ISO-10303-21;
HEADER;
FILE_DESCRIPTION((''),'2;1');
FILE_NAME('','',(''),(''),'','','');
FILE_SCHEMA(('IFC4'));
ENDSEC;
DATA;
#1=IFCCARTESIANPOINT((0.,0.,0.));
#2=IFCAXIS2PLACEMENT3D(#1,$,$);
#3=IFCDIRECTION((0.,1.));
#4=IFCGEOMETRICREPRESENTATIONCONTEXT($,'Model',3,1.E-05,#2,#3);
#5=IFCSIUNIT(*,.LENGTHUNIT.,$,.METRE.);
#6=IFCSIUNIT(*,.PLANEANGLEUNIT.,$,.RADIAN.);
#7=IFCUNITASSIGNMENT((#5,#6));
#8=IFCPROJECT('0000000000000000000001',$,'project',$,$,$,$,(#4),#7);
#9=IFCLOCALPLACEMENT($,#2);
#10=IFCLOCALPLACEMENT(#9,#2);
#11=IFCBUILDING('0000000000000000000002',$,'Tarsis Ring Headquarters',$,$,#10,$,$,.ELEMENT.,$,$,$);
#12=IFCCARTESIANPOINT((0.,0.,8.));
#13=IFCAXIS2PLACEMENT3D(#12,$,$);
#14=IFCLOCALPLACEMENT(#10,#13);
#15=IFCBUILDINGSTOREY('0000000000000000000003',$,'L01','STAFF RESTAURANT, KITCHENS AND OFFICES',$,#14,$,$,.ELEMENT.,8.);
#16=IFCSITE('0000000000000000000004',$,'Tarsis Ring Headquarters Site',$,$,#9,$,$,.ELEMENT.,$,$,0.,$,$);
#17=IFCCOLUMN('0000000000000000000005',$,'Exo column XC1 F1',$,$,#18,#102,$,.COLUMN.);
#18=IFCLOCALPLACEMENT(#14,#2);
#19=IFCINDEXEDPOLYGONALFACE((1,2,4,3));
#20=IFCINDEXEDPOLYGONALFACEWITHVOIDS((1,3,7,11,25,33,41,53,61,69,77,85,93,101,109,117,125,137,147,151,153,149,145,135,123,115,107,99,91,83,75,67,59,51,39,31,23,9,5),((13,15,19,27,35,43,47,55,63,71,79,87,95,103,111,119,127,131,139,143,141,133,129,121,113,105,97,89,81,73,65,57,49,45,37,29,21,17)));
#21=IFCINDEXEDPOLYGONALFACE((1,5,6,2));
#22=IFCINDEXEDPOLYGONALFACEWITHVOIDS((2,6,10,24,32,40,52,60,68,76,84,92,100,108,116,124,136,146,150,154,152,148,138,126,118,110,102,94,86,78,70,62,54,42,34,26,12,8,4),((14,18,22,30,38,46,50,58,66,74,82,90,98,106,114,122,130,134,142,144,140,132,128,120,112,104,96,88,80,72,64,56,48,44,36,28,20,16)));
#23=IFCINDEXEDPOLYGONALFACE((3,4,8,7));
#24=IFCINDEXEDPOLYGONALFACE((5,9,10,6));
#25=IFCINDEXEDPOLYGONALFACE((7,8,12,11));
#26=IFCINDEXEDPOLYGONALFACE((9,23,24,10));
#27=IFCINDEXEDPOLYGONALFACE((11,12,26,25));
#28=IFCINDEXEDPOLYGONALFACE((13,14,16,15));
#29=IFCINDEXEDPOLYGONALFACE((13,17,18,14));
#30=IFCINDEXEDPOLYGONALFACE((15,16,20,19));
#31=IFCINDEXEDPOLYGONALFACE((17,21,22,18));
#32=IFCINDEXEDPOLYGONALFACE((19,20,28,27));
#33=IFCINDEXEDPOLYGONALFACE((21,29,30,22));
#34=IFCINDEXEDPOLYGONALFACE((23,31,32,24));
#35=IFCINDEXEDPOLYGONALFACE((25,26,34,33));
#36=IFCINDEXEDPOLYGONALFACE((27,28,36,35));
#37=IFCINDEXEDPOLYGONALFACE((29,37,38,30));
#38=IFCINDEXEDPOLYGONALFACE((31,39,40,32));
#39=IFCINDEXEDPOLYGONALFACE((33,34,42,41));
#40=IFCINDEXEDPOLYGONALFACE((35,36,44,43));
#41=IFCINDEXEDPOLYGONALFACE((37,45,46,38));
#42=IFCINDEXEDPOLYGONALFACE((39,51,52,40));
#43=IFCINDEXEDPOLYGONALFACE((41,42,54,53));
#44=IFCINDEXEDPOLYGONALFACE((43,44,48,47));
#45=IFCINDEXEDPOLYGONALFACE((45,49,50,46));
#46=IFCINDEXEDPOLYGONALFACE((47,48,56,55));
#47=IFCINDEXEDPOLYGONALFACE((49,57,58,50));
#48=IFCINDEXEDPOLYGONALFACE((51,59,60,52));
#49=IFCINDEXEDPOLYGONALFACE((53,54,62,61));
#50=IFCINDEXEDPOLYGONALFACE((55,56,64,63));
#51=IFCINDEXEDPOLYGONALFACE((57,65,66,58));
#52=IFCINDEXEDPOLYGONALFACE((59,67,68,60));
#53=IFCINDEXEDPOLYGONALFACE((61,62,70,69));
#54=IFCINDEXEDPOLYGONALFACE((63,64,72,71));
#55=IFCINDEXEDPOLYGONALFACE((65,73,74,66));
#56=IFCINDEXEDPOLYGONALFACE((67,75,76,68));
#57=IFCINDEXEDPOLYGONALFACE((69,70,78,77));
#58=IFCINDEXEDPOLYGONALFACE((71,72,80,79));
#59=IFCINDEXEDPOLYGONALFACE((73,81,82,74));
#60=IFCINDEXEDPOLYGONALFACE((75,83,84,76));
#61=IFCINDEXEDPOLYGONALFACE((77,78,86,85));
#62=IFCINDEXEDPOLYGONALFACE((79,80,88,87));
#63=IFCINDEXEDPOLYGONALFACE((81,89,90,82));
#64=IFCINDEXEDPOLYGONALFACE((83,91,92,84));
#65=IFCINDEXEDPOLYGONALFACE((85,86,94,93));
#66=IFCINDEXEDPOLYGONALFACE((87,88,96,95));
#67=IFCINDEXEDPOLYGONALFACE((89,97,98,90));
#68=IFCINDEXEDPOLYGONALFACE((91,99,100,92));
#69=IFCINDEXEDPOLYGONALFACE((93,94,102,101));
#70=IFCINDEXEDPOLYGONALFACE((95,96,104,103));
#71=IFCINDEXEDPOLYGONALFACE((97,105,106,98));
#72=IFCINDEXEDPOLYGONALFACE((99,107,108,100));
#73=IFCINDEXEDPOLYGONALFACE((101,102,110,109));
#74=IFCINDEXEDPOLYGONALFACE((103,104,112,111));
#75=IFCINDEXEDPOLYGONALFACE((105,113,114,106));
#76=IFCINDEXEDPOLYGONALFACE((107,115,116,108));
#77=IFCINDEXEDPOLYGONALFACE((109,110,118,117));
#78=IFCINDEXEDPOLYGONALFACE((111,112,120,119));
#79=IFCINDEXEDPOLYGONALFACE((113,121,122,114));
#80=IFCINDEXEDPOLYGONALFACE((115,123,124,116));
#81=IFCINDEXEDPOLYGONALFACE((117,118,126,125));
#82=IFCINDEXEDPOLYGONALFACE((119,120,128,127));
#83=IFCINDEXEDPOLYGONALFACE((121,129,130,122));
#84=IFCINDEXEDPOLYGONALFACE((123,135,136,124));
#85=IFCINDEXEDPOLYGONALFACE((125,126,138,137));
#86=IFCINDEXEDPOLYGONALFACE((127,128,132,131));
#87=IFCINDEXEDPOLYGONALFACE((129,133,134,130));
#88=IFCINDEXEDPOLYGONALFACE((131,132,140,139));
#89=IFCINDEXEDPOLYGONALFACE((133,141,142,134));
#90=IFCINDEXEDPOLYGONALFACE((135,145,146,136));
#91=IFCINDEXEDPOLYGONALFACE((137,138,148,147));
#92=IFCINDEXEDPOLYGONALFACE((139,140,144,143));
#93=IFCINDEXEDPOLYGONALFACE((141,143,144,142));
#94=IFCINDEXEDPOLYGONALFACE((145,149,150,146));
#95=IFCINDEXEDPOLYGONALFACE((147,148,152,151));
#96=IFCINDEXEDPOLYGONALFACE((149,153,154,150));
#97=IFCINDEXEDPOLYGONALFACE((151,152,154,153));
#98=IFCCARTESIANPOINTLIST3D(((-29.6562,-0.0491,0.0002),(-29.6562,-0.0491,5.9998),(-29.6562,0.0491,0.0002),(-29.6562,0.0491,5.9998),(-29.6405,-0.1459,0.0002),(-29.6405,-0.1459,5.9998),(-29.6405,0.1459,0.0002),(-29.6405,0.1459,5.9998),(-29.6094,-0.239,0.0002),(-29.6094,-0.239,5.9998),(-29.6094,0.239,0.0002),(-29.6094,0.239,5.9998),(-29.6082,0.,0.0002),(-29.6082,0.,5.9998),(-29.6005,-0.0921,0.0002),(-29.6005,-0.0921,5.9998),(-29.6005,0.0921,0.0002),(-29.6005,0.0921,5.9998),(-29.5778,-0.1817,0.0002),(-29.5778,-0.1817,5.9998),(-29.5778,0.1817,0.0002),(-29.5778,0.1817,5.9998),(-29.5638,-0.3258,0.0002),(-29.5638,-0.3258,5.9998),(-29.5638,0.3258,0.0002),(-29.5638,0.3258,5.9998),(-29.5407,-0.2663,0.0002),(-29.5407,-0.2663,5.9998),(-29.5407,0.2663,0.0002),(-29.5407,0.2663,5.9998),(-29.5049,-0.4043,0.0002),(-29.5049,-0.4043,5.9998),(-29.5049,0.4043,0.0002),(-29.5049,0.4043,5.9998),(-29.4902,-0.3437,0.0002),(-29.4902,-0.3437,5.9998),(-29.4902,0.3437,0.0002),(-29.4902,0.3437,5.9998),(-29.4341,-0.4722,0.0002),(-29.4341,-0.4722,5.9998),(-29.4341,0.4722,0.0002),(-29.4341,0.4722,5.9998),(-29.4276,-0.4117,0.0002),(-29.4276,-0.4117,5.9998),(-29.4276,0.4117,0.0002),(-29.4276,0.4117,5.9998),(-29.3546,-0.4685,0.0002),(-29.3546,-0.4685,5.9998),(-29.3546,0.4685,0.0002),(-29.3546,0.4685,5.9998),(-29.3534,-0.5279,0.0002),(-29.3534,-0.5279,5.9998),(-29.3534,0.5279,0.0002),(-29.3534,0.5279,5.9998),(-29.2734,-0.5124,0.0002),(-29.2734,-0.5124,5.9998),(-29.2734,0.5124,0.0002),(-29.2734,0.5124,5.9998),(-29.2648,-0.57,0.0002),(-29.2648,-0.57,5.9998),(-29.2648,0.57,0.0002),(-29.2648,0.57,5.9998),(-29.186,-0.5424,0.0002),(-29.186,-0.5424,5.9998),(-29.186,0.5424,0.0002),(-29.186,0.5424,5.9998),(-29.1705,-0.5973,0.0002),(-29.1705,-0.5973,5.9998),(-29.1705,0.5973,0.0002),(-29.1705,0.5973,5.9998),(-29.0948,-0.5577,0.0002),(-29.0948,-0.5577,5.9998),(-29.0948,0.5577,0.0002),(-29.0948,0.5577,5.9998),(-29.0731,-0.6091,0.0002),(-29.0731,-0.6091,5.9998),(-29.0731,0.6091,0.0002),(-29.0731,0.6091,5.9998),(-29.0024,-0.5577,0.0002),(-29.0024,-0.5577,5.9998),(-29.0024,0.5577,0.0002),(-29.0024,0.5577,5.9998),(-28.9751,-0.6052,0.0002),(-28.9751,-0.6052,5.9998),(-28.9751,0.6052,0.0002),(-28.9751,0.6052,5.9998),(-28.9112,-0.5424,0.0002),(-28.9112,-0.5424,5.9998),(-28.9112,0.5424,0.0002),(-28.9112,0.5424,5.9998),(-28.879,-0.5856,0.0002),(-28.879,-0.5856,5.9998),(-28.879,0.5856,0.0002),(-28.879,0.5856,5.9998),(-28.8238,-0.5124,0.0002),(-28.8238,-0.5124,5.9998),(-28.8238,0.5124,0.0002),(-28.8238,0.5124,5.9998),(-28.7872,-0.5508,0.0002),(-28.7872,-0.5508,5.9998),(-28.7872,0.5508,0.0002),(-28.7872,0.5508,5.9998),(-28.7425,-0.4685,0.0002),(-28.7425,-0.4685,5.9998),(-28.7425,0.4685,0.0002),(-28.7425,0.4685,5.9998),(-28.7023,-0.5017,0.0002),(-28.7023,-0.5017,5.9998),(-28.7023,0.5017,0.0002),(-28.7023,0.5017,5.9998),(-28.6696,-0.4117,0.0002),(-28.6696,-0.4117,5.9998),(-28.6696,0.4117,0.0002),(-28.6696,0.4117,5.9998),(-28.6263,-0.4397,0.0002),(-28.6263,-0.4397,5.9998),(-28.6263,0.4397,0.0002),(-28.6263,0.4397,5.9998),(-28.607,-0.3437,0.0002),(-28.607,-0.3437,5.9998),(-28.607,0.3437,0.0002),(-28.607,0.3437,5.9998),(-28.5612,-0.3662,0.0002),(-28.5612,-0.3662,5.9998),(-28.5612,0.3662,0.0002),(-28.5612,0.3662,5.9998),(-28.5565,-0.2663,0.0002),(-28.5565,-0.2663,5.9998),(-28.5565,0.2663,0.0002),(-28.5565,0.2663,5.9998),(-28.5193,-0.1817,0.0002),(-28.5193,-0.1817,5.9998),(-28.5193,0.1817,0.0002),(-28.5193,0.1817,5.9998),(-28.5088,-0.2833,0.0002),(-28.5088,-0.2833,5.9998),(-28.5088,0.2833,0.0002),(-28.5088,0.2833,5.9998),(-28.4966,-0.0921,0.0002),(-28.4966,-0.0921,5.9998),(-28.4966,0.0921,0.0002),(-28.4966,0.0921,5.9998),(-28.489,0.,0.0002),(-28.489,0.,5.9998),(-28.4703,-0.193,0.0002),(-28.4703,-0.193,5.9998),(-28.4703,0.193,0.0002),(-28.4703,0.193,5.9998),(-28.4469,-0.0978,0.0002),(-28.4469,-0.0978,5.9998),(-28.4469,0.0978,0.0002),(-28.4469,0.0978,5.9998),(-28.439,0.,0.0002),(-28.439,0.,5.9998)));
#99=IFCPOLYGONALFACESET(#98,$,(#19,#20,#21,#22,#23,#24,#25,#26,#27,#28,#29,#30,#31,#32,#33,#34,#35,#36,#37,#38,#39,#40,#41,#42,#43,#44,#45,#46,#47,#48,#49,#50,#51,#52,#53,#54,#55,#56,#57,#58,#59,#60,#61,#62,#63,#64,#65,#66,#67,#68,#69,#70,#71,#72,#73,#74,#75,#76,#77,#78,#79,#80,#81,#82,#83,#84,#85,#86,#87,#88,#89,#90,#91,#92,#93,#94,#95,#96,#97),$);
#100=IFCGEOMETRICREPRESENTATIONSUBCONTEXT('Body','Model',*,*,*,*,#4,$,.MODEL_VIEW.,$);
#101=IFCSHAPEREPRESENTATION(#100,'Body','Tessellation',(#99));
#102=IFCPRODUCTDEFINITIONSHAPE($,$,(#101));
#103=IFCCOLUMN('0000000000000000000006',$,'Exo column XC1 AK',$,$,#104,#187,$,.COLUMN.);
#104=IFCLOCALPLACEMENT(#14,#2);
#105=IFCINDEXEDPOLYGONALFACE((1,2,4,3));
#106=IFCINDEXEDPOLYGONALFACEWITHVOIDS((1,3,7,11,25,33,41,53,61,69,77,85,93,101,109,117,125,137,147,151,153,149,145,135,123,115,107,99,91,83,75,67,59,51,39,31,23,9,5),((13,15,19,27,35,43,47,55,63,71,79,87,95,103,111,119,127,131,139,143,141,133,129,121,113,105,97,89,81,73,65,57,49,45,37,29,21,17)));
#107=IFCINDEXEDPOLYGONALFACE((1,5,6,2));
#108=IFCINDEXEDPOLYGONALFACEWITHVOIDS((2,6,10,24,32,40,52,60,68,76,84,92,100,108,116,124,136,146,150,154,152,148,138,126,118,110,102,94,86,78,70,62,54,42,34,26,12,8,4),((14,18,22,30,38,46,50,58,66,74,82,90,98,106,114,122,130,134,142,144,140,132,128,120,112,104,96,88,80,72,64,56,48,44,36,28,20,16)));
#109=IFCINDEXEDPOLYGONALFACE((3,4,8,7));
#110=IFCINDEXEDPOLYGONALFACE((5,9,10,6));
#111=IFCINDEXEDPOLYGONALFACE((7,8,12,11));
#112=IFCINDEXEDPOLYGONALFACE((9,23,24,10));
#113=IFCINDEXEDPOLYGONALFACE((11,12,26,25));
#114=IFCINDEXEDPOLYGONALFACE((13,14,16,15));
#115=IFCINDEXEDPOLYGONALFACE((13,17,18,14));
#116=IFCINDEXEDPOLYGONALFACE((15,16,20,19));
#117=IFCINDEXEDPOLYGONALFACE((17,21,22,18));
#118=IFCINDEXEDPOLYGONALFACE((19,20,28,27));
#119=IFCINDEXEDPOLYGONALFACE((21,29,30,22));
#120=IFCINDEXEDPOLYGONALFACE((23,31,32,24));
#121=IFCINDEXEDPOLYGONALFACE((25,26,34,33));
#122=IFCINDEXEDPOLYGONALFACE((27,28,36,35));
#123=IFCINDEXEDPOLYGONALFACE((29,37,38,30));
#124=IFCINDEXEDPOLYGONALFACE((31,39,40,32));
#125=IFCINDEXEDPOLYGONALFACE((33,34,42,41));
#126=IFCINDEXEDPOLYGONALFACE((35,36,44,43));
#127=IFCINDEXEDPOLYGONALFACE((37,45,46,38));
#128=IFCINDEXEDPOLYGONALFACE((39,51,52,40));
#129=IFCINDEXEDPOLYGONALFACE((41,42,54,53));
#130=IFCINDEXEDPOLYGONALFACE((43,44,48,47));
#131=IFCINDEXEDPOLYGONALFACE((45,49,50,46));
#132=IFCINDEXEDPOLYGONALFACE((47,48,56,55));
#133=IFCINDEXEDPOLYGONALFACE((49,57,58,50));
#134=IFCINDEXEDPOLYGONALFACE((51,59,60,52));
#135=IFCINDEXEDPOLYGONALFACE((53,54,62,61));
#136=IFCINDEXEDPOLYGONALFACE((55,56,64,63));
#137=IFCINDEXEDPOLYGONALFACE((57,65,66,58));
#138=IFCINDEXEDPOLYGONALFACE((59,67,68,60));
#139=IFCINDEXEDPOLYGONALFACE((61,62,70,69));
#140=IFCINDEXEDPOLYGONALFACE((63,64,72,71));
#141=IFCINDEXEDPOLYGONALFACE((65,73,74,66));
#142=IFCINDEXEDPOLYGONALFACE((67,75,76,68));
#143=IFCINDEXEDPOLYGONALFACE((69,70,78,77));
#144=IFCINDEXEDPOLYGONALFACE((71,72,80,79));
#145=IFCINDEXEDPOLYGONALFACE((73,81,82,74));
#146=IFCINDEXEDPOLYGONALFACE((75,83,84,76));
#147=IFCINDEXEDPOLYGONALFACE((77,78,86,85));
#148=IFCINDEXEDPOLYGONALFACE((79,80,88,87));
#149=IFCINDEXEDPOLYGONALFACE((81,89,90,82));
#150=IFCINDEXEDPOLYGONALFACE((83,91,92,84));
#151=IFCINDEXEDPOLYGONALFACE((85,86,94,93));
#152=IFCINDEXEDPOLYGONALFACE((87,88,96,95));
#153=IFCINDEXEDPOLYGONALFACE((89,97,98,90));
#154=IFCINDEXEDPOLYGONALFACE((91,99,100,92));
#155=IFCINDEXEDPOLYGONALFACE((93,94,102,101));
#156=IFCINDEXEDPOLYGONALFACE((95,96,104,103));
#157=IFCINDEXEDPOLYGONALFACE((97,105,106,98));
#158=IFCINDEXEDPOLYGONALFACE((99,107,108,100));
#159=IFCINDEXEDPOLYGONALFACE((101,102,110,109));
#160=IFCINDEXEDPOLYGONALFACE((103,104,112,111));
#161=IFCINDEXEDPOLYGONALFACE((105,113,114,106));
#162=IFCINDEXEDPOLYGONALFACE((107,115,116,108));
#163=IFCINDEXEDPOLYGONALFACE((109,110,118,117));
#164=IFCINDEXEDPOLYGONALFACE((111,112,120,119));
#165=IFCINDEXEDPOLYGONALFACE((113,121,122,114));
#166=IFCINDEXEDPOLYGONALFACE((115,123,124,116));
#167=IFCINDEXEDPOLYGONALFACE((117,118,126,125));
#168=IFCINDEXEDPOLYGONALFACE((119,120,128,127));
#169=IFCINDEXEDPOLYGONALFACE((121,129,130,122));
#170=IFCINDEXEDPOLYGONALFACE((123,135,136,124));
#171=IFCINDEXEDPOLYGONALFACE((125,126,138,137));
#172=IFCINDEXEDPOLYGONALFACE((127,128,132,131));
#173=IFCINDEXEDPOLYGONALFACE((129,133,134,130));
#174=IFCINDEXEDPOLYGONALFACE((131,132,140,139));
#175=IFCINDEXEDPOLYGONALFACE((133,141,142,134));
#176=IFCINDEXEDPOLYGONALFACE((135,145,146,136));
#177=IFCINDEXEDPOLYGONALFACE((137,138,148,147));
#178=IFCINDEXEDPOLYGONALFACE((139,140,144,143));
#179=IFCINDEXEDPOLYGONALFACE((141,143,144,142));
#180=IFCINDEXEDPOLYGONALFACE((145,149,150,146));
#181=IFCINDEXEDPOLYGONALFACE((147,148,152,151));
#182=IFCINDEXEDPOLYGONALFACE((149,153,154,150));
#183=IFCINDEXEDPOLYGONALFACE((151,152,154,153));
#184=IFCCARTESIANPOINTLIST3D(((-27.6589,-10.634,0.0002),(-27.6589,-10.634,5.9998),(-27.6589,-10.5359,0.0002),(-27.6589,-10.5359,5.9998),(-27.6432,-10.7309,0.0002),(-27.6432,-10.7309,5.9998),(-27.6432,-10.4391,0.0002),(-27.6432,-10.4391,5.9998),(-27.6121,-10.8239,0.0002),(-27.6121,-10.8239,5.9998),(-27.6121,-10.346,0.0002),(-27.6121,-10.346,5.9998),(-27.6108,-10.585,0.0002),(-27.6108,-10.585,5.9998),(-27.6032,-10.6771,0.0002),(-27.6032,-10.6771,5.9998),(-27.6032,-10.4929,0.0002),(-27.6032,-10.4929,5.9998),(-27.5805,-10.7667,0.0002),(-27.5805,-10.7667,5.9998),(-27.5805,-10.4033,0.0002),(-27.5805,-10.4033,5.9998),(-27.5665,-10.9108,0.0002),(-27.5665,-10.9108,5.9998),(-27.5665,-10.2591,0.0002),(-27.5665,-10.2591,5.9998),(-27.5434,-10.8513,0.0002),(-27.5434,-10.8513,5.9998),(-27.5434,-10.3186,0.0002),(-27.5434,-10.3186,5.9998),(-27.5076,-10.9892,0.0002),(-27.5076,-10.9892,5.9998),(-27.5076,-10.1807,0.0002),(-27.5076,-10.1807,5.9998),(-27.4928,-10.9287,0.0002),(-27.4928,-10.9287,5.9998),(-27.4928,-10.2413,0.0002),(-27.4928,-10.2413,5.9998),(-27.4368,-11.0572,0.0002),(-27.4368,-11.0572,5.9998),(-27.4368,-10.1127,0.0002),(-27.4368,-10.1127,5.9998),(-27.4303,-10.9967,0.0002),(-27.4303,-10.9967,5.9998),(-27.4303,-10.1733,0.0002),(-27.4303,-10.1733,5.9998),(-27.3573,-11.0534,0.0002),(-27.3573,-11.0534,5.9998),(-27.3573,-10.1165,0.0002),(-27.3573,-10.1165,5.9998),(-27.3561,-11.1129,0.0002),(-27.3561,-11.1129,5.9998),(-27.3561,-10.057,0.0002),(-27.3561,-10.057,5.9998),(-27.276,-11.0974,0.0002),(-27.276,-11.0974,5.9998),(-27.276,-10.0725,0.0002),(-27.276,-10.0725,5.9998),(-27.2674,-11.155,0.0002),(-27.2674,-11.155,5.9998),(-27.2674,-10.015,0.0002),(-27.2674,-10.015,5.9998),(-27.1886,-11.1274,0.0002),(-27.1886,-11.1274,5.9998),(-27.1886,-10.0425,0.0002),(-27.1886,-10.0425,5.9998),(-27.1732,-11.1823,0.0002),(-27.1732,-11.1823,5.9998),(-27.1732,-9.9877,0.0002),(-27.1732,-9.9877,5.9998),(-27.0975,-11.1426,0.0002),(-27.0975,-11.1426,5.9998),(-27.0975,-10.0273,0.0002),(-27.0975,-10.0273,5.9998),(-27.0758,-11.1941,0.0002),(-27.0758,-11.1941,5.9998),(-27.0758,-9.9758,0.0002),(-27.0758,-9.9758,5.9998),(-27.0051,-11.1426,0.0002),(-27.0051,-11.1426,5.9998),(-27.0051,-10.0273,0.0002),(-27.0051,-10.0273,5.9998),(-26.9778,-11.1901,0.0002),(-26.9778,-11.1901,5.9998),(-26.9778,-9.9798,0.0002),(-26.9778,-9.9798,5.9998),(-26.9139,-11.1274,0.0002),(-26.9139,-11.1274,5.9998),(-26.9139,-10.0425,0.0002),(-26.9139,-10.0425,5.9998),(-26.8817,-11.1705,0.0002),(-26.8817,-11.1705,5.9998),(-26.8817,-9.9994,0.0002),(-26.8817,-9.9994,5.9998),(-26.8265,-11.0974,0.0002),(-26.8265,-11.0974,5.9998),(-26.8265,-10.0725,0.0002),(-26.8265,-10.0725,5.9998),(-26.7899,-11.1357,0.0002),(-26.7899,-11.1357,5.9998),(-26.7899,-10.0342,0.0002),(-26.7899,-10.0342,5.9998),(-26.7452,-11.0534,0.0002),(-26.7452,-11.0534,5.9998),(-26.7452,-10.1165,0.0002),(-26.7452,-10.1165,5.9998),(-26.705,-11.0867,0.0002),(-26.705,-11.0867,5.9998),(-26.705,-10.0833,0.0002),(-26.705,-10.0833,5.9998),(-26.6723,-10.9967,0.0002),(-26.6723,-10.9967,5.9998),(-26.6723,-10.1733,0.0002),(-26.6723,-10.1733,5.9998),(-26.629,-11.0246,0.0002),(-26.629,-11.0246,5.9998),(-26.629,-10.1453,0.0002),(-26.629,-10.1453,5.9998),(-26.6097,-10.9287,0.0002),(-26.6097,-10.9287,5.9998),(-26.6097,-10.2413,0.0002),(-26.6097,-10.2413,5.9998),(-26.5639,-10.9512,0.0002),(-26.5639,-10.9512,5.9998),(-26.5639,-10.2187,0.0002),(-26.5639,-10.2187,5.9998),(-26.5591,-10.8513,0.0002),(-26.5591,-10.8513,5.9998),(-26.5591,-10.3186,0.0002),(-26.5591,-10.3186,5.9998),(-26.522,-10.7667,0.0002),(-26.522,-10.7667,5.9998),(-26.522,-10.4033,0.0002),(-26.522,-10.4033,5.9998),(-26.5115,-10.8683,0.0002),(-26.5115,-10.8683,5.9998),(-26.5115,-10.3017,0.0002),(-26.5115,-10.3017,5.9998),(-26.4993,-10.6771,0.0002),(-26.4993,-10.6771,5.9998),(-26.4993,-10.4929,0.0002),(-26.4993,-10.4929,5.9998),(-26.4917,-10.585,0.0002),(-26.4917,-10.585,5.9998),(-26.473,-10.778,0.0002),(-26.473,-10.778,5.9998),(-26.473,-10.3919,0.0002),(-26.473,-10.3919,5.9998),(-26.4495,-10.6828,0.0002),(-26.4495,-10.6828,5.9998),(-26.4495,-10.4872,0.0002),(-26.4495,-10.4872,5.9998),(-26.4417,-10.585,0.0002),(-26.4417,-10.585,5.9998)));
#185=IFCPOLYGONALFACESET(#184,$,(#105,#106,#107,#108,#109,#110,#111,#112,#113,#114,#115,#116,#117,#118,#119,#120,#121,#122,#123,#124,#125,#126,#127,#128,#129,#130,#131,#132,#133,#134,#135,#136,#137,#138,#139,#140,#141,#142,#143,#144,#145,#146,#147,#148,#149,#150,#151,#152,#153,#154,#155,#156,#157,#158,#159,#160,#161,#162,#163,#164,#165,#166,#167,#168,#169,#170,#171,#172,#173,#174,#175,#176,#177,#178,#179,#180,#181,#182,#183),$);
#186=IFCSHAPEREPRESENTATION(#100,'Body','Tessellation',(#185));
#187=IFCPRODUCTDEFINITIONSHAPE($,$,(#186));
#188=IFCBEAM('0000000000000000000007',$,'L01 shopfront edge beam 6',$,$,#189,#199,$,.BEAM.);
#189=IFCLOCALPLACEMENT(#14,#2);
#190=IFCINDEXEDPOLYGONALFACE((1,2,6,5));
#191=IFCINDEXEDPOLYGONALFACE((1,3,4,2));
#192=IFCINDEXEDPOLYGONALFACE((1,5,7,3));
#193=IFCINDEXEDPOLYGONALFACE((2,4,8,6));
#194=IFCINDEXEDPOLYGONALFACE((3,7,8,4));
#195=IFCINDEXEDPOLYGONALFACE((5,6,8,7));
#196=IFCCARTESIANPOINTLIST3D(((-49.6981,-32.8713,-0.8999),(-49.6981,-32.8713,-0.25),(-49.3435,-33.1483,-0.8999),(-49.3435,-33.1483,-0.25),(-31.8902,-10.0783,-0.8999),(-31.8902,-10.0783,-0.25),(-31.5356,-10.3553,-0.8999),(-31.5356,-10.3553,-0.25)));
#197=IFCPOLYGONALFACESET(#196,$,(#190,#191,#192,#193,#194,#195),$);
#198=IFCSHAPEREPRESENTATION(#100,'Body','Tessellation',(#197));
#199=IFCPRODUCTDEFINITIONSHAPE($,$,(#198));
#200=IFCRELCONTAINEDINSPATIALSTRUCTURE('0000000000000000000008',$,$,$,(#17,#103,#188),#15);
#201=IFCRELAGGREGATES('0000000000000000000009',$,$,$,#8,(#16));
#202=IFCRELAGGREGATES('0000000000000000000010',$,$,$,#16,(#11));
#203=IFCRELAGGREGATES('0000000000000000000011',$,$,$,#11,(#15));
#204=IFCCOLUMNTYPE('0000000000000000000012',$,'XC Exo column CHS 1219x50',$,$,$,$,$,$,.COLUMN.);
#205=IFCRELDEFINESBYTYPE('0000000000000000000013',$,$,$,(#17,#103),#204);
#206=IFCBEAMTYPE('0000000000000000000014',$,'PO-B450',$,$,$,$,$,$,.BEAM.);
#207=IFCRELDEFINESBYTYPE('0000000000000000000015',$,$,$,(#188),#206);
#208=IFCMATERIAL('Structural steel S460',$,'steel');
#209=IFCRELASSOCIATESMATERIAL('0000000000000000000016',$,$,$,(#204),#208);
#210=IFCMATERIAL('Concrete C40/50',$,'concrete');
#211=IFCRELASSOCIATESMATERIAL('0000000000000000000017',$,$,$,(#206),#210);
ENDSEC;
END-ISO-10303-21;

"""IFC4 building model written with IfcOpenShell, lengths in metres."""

from ifc_helpers import new_model, si_unit, direction, frame, origin, origin_2d, place, context, subcontext, project, spatial, rectangle, hollow_circle, extrude, material, material_profile, profile_set, type_object, element, save


model = new_model("IFC4")

# Units and contexts
model_context = context("Model", 3, precision=1e-05, world=origin(), true_north=direction((0.0, 1.0)))
body_context = subcontext(model_context, "Body", "Model", "MODEL_VIEW")
ifc_project = project(units=[si_unit("LENGTHUNIT", "METRE"), si_unit("PLANEANGLEUNIT", "RADIAN")], contexts=[model_context])

# Site, building, storey
site_placement = place(None, origin())
site = spatial("IfcSite", under=ifc_project, at=site_placement, Name="Tarsis Ring Headquarters Site", CompositionType="ELEMENT", RefElevation=0.0)
building_placement = place(site_placement, origin())
building = spatial("IfcBuilding", under=site, at=building_placement, Name="Tarsis Ring Headquarters", CompositionType="ELEMENT")
storey_placement = place(building_placement, frame((0.0, 0.0, 8.0)))
storey = spatial("IfcBuildingStorey", under=building, at=storey_placement, Name="L01", Description="STAFF RESTAURANT, KITCHENS AND OFFICES", CompositionType="ELEMENT", Elevation=8.0)

# Columns
ifc_material_1 = material(Name="Structural steel S460", Category="steel")
ifc_material_profile_1 = material_profile(ifc_material_1, hollow_circle(Radius=0.6096, WallThickness=0.05, at=origin_2d()), Name="CHS 1219x50")
ifc_profile_set_1 = profile_set([ifc_material_profile_1], Name="Structural steel S460")
column_type = type_object("IfcColumnType", Name="XC Exo column CHS 1219x50", PredefinedType="COLUMN", material=ifc_profile_set_1)
for number, where, z_axis, x_axis, name in (
    (1, (-29.0486, 0.0, 0.0002), (0.0, 0.0, 1.0), (1.0, 0.0, 0.0), "Exo column XC1 F1"),
    (2, (-27.0513, -10.585, 0.0002), (0.0, 0.0, 1.0), (1.0, 0.0, 0.0), "Exo column XC1 AK"),
):
    element("IfcColumn", number, at=place(storey_placement, frame(where, z_axis=z_axis, x_axis=x_axis)), inside=storey, type_object=column_type, Name=name, PredefinedType="COLUMN", context=body_context, shape_type="SweptSolid", body=[
        extrude(hollow_circle(Radius=0.6096, WallThickness=0.05, at=origin_2d()), origin(), (0.0, 0.0, 1.0), 5.9995),
    ])

# Beam
ifc_material_2 = material(Name="Concrete C40/50", Category="concrete")
ifc_material_profile_2 = material_profile(ifc_material_2, rectangle(XDim=0.45, YDim=0.6499, at=origin_2d()), Name="PO-B450")
ifc_profile_set_2 = profile_set([ifc_material_profile_2], Name="Concrete C40/50")
beam_type_1 = type_object("IfcBeamType", Name="PO-B450", PredefinedType="BEAM", material=ifc_profile_set_2)
beam_1_placement = place(storey_placement, frame((-31.7129, -10.2168, -0.575), z_axis=(-0.615662, -0.78801, 0.0), x_axis=(0.78801, -0.615662, 0.0)))
element("IfcBeam", 3, at=beam_1_placement, inside=storey, type_object=beam_type_1, Name="L01 shopfront edge beam 6", PredefinedType="BEAM", context=body_context, shape_type="SweptSolid", body=[
    extrude(rectangle(XDim=0.45, YDim=0.6499, at=origin_2d()), origin(), (0.0, 0.0, 1.0), 28.9248),
])

save(model, "model.ifc")
